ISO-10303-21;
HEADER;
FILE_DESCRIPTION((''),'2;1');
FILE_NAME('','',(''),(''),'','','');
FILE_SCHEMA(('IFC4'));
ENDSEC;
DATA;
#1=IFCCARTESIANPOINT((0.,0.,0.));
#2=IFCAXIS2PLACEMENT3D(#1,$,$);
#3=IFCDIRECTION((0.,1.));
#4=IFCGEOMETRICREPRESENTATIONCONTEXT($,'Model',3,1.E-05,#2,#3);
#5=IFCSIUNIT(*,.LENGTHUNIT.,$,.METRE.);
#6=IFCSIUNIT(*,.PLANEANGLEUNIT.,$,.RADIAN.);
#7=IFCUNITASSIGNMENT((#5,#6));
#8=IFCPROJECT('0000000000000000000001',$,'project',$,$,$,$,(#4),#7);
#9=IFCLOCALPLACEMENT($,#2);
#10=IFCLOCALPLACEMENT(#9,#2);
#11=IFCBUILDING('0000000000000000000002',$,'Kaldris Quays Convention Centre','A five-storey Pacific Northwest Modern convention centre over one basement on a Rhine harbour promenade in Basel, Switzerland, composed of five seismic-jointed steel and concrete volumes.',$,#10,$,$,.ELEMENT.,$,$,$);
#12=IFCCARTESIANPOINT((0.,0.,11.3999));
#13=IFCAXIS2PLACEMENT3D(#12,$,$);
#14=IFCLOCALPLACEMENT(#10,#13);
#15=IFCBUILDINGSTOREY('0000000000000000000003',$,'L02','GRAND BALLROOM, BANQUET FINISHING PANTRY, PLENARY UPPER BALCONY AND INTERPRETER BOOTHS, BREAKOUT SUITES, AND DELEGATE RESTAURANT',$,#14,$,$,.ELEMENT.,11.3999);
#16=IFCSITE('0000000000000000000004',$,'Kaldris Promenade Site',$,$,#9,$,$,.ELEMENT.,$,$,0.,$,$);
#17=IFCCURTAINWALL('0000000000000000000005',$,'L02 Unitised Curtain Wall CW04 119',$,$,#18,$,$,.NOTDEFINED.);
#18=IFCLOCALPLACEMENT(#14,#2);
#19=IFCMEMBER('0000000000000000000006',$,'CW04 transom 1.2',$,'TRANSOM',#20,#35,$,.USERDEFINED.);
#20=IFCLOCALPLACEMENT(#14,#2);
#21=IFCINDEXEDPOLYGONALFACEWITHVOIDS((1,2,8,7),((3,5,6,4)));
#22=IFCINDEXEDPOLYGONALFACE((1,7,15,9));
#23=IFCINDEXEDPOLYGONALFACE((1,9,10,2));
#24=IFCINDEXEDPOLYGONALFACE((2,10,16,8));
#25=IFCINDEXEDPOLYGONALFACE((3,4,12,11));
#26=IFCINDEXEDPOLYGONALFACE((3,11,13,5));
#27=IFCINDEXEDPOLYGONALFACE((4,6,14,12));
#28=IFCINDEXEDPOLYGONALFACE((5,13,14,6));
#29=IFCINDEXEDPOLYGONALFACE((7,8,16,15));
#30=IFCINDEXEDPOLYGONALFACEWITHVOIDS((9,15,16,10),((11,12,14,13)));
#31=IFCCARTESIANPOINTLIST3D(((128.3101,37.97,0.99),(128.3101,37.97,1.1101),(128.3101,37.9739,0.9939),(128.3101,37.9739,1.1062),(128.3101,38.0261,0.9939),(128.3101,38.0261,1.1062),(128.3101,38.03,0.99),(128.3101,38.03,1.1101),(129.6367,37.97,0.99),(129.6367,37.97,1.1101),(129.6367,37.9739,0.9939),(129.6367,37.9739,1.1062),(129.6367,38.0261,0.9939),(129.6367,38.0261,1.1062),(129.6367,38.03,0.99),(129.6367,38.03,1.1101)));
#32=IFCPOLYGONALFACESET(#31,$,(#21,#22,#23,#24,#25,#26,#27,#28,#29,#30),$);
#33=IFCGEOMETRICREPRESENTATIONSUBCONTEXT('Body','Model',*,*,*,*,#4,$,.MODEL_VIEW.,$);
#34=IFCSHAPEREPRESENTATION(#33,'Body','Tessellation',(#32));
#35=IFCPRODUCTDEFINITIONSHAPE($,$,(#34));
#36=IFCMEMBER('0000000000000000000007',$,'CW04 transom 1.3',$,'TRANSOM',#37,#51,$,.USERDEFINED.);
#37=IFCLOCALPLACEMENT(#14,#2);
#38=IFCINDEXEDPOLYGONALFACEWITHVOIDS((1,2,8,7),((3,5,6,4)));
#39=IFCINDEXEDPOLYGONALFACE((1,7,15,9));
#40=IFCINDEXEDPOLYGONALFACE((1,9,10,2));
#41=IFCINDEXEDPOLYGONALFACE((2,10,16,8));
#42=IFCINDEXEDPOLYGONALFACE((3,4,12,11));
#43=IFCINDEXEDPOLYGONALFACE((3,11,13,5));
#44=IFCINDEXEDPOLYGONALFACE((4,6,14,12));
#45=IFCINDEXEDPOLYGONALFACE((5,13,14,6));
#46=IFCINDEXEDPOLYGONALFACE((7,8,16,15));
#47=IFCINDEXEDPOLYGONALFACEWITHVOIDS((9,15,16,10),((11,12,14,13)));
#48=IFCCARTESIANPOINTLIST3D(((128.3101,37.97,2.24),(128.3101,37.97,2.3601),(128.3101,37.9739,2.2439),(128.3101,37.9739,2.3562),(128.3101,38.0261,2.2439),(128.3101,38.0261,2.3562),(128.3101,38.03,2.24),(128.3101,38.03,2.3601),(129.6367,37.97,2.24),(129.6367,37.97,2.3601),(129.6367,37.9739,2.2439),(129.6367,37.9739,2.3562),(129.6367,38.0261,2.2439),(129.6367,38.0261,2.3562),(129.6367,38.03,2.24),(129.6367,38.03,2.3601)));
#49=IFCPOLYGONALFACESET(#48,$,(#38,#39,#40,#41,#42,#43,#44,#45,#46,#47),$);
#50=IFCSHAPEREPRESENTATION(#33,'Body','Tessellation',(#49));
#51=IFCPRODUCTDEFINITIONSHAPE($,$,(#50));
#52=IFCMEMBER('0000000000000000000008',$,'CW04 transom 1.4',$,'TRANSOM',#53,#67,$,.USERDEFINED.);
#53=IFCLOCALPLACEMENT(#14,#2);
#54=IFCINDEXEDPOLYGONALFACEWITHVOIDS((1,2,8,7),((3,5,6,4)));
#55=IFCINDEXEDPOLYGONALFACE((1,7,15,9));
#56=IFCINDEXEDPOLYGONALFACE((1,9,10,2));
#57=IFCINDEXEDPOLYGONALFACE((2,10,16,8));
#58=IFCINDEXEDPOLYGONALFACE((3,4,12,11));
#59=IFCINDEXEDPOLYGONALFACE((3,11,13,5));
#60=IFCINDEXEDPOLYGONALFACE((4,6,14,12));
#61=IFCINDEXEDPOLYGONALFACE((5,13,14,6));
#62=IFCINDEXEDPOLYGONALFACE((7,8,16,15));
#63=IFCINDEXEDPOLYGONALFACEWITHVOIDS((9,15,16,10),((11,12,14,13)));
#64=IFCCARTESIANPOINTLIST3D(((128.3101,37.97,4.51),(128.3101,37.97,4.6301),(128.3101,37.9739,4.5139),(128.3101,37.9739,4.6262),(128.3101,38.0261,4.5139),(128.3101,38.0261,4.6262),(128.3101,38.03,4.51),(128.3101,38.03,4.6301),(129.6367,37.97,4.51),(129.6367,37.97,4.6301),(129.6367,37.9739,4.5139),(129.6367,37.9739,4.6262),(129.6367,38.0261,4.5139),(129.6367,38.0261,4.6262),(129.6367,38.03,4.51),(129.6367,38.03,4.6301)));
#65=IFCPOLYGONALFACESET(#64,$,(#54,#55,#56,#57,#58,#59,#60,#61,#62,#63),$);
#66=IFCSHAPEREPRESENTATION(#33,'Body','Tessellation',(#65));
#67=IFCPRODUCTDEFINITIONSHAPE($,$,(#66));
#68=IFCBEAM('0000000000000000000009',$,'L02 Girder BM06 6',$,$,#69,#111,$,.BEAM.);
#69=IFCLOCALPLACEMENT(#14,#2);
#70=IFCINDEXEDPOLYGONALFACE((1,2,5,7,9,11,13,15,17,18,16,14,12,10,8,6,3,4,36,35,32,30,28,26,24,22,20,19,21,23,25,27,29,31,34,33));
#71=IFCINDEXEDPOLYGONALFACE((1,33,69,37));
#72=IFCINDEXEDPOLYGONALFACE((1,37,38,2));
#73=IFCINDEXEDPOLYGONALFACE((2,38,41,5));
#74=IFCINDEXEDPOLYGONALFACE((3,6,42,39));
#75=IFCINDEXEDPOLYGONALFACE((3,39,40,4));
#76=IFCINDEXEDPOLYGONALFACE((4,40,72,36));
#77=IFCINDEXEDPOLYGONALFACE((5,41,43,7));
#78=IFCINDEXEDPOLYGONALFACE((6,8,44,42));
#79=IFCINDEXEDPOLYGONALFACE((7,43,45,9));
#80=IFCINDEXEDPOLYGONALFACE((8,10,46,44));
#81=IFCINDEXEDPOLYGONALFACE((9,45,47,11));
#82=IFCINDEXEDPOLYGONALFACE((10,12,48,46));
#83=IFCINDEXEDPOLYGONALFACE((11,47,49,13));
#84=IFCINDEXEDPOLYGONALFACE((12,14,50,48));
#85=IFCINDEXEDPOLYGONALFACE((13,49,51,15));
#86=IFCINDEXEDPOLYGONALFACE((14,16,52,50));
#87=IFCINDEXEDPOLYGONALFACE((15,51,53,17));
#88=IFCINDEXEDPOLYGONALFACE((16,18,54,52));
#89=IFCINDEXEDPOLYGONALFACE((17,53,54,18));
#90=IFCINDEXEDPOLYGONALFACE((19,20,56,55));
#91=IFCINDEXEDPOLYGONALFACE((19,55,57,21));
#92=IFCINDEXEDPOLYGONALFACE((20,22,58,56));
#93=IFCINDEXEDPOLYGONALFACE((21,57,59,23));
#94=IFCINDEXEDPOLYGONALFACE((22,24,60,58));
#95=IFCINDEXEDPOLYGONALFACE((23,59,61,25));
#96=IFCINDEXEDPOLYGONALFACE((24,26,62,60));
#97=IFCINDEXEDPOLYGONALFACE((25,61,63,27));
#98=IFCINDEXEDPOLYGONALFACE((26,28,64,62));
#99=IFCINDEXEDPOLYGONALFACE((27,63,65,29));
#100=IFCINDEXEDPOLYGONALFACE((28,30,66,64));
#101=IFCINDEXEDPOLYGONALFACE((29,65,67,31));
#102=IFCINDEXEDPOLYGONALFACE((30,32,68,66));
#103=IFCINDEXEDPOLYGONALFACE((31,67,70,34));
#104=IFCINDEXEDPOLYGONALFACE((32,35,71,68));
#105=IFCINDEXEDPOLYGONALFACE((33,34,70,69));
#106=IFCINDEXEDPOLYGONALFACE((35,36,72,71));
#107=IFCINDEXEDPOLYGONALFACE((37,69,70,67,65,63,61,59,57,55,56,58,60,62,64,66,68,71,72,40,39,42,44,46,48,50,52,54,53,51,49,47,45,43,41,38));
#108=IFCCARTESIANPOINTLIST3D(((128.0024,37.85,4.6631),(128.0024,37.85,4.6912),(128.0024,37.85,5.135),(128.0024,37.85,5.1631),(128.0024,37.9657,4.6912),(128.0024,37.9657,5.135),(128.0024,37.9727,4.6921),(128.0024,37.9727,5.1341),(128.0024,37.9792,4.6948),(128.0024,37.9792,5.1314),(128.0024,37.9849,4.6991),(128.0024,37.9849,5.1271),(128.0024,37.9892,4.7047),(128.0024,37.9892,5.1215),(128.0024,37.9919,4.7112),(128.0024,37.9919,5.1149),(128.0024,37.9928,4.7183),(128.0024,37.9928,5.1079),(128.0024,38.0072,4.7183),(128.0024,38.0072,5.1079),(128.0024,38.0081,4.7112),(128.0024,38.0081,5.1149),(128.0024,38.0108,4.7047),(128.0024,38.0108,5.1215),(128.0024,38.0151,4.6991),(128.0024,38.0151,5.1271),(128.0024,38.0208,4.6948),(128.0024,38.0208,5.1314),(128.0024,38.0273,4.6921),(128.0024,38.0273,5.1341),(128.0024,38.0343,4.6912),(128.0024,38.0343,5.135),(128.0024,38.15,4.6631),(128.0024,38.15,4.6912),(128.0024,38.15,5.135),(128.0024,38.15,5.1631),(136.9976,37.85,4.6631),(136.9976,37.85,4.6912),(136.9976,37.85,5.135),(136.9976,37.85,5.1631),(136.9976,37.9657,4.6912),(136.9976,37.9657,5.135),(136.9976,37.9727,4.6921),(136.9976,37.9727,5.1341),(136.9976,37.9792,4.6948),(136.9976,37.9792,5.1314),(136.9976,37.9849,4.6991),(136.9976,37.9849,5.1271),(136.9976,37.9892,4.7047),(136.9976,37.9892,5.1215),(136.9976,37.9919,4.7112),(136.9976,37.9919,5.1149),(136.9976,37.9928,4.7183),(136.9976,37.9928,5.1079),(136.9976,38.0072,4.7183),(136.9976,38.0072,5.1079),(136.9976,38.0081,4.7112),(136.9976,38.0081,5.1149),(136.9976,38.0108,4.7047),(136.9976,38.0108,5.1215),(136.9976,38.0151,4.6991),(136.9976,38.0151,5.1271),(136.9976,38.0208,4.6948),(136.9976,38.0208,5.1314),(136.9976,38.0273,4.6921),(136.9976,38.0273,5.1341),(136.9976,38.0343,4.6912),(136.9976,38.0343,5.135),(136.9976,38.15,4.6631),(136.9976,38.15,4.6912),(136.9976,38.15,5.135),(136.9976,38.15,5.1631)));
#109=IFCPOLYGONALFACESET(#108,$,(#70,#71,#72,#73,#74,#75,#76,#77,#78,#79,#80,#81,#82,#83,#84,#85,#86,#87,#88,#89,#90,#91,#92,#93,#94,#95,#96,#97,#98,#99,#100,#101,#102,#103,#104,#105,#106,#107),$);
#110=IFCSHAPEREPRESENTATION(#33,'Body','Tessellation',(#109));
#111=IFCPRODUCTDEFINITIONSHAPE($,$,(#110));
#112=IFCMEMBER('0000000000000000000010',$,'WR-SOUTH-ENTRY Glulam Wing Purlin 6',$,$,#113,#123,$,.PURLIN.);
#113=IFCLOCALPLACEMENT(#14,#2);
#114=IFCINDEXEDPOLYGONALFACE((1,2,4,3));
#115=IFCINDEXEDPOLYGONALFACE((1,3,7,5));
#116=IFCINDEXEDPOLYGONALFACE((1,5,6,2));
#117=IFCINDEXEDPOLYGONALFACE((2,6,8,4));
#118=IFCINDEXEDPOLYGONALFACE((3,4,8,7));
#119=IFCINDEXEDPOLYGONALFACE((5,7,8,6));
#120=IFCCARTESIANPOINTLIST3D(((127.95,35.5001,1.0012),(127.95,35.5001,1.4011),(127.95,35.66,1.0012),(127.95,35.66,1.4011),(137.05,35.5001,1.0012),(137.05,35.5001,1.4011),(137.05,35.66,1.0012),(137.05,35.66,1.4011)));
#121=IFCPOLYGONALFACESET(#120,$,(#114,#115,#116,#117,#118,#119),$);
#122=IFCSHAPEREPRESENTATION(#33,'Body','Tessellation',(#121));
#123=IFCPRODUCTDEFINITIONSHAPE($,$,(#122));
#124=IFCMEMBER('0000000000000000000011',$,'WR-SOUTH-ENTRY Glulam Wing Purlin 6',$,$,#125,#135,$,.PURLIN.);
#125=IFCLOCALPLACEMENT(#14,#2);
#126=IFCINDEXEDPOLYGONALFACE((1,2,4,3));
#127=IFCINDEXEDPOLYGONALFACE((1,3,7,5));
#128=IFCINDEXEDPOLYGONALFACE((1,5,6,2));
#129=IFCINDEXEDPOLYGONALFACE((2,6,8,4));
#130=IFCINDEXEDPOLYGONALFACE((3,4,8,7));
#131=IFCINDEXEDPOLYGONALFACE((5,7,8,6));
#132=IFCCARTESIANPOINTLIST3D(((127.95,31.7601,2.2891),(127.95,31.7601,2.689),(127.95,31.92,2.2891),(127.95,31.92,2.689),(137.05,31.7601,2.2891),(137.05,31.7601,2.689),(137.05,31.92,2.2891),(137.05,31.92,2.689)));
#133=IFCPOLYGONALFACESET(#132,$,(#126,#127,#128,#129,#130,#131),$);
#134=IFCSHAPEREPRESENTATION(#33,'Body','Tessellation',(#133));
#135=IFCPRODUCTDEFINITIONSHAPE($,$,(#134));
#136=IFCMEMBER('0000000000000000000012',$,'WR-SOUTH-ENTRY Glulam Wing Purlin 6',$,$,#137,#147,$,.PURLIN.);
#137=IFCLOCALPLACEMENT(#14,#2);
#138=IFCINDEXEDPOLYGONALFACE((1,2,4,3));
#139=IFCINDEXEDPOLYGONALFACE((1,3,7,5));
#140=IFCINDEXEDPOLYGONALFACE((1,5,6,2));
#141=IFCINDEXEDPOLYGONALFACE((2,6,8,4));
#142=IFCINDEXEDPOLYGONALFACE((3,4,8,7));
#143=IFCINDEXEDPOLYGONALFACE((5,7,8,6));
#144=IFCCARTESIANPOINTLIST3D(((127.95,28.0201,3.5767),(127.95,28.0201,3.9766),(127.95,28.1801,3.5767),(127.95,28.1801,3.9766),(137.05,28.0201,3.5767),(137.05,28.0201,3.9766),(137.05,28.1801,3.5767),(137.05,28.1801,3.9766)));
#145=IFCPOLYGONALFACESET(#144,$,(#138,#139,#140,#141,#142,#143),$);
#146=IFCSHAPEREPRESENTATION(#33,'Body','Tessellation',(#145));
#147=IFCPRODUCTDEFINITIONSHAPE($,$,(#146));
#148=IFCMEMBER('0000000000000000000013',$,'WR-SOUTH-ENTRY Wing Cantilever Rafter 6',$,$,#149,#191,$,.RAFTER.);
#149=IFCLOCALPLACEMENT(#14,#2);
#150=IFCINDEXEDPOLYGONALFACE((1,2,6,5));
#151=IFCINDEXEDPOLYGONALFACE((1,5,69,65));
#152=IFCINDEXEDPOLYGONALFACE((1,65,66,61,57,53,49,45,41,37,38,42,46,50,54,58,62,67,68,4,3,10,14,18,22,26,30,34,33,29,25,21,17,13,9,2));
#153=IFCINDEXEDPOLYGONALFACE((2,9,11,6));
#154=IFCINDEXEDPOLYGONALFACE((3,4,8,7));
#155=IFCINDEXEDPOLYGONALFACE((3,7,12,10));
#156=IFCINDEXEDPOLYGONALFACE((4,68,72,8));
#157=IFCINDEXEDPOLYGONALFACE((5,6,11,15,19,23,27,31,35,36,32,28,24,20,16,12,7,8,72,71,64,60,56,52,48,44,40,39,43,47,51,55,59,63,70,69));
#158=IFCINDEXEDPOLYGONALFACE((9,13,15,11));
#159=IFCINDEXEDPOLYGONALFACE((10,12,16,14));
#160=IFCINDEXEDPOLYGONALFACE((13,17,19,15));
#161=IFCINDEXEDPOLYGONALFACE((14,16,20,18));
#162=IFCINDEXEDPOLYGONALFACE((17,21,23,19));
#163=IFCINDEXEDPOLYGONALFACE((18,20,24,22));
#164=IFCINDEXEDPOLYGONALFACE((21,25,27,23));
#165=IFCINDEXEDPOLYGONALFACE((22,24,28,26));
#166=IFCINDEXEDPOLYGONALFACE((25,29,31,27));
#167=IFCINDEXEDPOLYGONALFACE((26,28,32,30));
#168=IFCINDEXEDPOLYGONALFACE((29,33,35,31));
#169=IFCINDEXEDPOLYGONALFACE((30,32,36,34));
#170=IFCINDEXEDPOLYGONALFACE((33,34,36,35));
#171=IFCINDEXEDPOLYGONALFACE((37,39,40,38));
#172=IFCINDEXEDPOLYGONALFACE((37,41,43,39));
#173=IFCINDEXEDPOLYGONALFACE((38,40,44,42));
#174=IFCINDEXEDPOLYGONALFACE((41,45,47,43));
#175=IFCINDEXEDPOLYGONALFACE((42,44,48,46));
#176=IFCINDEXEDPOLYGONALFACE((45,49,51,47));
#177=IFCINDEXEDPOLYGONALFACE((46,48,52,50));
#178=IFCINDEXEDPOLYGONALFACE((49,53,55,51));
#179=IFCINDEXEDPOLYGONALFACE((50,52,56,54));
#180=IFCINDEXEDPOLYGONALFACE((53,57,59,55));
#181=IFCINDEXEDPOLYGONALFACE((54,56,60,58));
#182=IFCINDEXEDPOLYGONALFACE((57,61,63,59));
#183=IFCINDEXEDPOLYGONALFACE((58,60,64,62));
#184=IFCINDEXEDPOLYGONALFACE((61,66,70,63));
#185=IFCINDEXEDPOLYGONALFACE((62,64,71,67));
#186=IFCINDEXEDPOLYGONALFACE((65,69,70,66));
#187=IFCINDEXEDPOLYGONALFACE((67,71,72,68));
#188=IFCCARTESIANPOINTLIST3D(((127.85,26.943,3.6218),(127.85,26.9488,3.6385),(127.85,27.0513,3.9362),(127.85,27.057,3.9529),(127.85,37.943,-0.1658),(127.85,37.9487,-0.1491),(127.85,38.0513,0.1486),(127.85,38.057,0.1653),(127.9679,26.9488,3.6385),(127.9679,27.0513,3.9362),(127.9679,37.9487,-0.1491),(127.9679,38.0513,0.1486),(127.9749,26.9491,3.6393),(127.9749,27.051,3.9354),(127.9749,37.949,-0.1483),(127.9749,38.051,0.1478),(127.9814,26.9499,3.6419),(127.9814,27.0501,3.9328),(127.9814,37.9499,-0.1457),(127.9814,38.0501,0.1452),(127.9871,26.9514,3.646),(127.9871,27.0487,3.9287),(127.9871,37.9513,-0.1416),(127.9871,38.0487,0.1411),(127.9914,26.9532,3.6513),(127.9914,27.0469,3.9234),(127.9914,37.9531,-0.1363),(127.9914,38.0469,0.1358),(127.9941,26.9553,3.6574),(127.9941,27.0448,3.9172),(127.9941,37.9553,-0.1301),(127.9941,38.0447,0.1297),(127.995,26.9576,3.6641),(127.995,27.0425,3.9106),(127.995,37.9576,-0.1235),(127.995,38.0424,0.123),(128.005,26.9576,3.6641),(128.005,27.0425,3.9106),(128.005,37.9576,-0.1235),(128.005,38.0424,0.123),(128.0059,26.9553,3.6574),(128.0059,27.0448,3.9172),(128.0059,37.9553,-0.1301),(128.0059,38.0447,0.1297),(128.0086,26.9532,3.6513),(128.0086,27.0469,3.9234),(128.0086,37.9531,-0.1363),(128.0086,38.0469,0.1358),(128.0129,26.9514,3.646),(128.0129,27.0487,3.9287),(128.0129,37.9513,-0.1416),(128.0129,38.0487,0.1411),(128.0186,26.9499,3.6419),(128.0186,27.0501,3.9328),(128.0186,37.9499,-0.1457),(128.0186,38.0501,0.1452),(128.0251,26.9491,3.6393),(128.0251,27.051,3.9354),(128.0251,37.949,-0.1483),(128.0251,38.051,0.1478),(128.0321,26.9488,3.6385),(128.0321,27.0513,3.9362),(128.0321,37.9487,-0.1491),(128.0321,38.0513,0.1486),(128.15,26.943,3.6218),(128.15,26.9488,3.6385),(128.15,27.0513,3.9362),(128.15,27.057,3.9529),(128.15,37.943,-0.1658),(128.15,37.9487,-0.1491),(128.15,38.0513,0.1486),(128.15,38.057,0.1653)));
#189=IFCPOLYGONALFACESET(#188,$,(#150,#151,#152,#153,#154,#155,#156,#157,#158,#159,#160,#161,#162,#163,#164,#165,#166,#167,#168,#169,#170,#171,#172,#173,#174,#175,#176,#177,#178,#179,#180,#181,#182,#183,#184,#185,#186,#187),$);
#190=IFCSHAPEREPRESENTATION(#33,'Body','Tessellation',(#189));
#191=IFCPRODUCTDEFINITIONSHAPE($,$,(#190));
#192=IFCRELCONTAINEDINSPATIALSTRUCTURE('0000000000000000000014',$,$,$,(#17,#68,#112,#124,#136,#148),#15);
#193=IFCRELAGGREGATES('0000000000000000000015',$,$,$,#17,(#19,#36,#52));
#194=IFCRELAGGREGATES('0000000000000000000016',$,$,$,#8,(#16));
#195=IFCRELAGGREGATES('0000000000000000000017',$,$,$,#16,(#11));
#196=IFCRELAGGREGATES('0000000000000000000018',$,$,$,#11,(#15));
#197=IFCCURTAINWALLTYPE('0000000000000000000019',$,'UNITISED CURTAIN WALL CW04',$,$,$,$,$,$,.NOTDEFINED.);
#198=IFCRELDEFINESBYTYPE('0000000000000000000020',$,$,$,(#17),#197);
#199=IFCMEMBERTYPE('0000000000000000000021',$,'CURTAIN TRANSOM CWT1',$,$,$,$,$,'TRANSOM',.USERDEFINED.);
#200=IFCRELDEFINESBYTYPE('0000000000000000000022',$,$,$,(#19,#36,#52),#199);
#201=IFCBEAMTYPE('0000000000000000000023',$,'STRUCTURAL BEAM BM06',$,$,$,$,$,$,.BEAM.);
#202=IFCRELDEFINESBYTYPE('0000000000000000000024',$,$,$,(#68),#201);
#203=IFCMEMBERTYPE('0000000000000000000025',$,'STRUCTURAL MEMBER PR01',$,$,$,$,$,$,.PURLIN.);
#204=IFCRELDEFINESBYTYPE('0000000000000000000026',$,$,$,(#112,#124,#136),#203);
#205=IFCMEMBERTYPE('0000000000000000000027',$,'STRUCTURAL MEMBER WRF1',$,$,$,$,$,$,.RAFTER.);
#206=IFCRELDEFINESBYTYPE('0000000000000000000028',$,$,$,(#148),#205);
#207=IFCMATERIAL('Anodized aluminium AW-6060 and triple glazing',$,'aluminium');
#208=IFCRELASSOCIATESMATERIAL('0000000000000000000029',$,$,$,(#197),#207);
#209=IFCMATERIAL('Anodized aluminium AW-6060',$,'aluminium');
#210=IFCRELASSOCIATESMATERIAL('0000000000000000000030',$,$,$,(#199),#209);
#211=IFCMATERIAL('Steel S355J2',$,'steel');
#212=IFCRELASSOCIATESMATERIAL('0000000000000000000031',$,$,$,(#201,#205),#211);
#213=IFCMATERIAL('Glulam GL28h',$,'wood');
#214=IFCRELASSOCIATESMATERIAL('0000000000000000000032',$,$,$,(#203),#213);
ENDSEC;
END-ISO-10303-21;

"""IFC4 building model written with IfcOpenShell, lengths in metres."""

from ifc_helpers import new_model, si_unit, direction, frame, origin, origin_2d, place, context, subcontext, project, spatial, rectangle, hollow_rectangle, i_section, extrude, material, material_profile, profile_set, type_object, element, aggregate, save


model = new_model("IFC4")

# Units and contexts
model_context = context("Model", 3, precision=1e-05, world=origin(), true_north=direction((0.0, 1.0)))
body_context = subcontext(model_context, "Body", "Model", "MODEL_VIEW")
ifc_project = project(units=[si_unit("LENGTHUNIT", "METRE"), si_unit("PLANEANGLEUNIT", "RADIAN")], contexts=[model_context])

# Site, building, storey
site_placement = place(None, origin())
site = spatial("IfcSite", under=ifc_project, at=site_placement, Name="Kaldris Promenade Site", CompositionType="ELEMENT", RefElevation=0.0)
building_placement = place(site_placement, origin())
building = spatial("IfcBuilding", under=site, at=building_placement, Name="Kaldris Quays Convention Centre", Description="A five-storey Pacific Northwest Modern convention centre over one basement on a Rhine harbour promenade in Basel, Switzerland, composed of five seismic-jointed steel and concrete volumes.", CompositionType="ELEMENT")
storey_placement = place(building_placement, frame((0.0, 0.0, 11.3999)))
storey = spatial("IfcBuildingStorey", under=building, at=storey_placement, Name="L02", Description="GRAND BALLROOM, BANQUET FINISHING PANTRY, PLENARY UPPER BALCONY AND INTERPRETER BOOTHS, BREAKOUT SUITES, AND DELEGATE RESTAURANT", CompositionType="ELEMENT", Elevation=11.3999)

# Shared definitions
ifc_material_1 = material(Name="Steel S355J2", Category="steel")

# Shared definitions
ifc_material_2 = material(Name="Anodized aluminium AW-6060 and triple glazing", Category="aluminium")
curtain_wall_type = type_object("IfcCurtainWallType", Name="UNITISED CURTAIN WALL CW04", PredefinedType="NOTDEFINED", material=ifc_material_2)
ifc_material_3 = material(Name="Anodized aluminium AW-6060", Category="aluminium")

# Curtain wall
curtain_wall_1_placement = place(storey_placement, origin())
curtain_wall_1 = element("IfcCurtainWall", 1, at=curtain_wall_1_placement, inside=storey, type_object=curtain_wall_type, Name="L02 Unitised Curtain Wall CW04 119", PredefinedType="NOTDEFINED")

# Members
ifc_material_profile_1 = material_profile(ifc_material_3, hollow_rectangle(XDim=0.0601, YDim=0.1201, WallThickness=0.0039, at=origin_2d()), Name="RHS 120x60x4")
ifc_profile_set_1 = profile_set([ifc_material_profile_1], Name="Anodized aluminium AW-6060")
member_type_1 = type_object("IfcMemberType", Name="CURTAIN TRANSOM CWT1", ElementType="TRANSOM", PredefinedType="USERDEFINED", material=ifc_profile_set_1)
member_1_placement = place(storey_placement, frame((128.3101, 38.0, 1.05), z_axis=(1.0, 0.0, 0.0), x_axis=(0.0, 1.0, 0.0)))
member_1 = element("IfcMember", 2, at=member_1_placement, type_object=member_type_1, Name="CW04 transom 1.2", ObjectType="TRANSOM", PredefinedType="USERDEFINED", context=body_context, shape_type="SweptSolid", body=[
    extrude(hollow_rectangle(XDim=0.0601, YDim=0.1201, WallThickness=0.0039, at=origin_2d()), origin(), (0.0, 0.0, 1.0), 1.3267),
])
member_2_placement = place(storey_placement, frame((128.3101, 38.0, 2.3), z_axis=(1.0, 0.0, 0.0), x_axis=(0.0, 1.0, 0.0)))
member_2 = element("IfcMember", 3, at=member_2_placement, type_object=member_type_1, Name="CW04 transom 1.3", ObjectType="TRANSOM", PredefinedType="USERDEFINED", context=body_context, shape_type="SweptSolid", body=[
    extrude(hollow_rectangle(XDim=0.0601, YDim=0.1201, WallThickness=0.0039, at=origin_2d()), origin(), (0.0, 0.0, 1.0), 1.3267),
])
member_3_placement = place(storey_placement, frame((128.3101, 38.0, 4.5701), z_axis=(1.0, 0.0, 0.0), x_axis=(0.0, 1.0, 0.0)))
member_3 = element("IfcMember", 4, at=member_3_placement, type_object=member_type_1, Name="CW04 transom 1.4", ObjectType="TRANSOM", PredefinedType="USERDEFINED", context=body_context, shape_type="SweptSolid", body=[
    extrude(hollow_rectangle(XDim=0.0601, YDim=0.1201, WallThickness=0.0039, at=origin_2d()), origin(), (0.0, 0.0, 1.0), 1.3267),
])

# Beam
ifc_material_profile_2 = material_profile(ifc_material_1, i_section(OverallWidth=0.3, OverallDepth=0.5, WebThickness=0.0144, FlangeThickness=0.0281, FilletRadius=0.0271, at=origin_2d()), Name="HEB 500")
ifc_profile_set_2 = profile_set([ifc_material_profile_2], Name="Steel S355J2")
beam_type = type_object("IfcBeamType", Name="STRUCTURAL BEAM BM06", PredefinedType="BEAM", material=ifc_profile_set_2)
beam_placement = place(storey_placement, frame((128.0024, 38.0, 4.9131), z_axis=(1.0, 0.0, 0.0), x_axis=(0.0, 1.0, 0.0)))
element("IfcBeam", 5, at=beam_placement, inside=storey, type_object=beam_type, Name="L02 Girder BM06 6", PredefinedType="BEAM", context=body_context, shape_type="SweptSolid", body=[
    extrude(i_section(OverallWidth=0.3, OverallDepth=0.5, WebThickness=0.0144, FlangeThickness=0.0281, FilletRadius=0.0271, at=origin_2d()), origin(), (0.0, 0.0, 1.0), 8.9951),
])

# Members
ifc_material_4 = material(Name="Glulam GL28h", Category="wood")
ifc_material_profile_3 = material_profile(ifc_material_4, rectangle(XDim=0.1599, YDim=0.3999, at=origin_2d()), Name="GL 160x400")
ifc_profile_set_3 = profile_set([ifc_material_profile_3], Name="Glulam GL28h")
member_type_2 = type_object("IfcMemberType", Name="STRUCTURAL MEMBER PR01", PredefinedType="PURLIN", material=ifc_profile_set_3)
for number, where, z_axis, x_axis, name in (
    (6, (127.95, 35.5801, 1.2012), (1.0, 0.0, 0.0), (0.0, 1.0, 0.0), "WR-SOUTH-ENTRY Glulam Wing Purlin 6"),
    (7, (127.95, 31.8401, 2.489), (1.0, 0.0, 0.0), (0.0, 1.0, 0.0), "WR-SOUTH-ENTRY Glulam Wing Purlin 6"),
    (8, (127.95, 28.1001, 3.7766), (1.0, 0.0, 0.0), (0.0, 1.0, 0.0), "WR-SOUTH-ENTRY Glulam Wing Purlin 6"),
):
    element("IfcMember", number, at=place(storey_placement, frame(where, z_axis=z_axis, x_axis=x_axis)), inside=storey, type_object=member_type_2, Name=name, PredefinedType="PURLIN", context=body_context, shape_type="SweptSolid", body=[
        extrude(rectangle(XDim=0.1599, YDim=0.3999, at=origin_2d()), origin(), (0.0, 0.0, 1.0), 9.1001),
    ])
ifc_material_profile_4 = material_profile(ifc_material_1, i_section(OverallWidth=0.3, OverallDepth=0.3501, WebThickness=0.01, FlangeThickness=0.0176, FilletRadius=0.0271, at=origin_2d()), Name="HEA 360")
ifc_profile_set_4 = profile_set([ifc_material_profile_4], Name="Steel S355J2")
member_type_3 = type_object("IfcMemberType", Name="STRUCTURAL MEMBER WRF1", PredefinedType="RAFTER", material=ifc_profile_set_4)
member_4_placement = place(storey_placement, frame((128.0, 38.0, -0.0002), z_axis=(0.0, -0.945519, 0.325568), x_axis=(1.0, 0.0, 0.0)))
element("IfcMember", 9, at=member_4_placement, inside=storey, type_object=member_type_3, Name="WR-SOUTH-ENTRY Wing Cantilever Rafter 6", PredefinedType="RAFTER", context=body_context, shape_type="SweptSolid", body=[
    extrude(i_section(OverallWidth=0.3, OverallDepth=0.3501, WebThickness=0.01, FlangeThickness=0.0176, FilletRadius=0.0271, at=origin_2d()), origin(), (0.0, 0.0, 1.0), 11.6338),
])

aggregate(curtain_wall_1, [member_1, member_2, member_3])

save(model, "model.ifc")
